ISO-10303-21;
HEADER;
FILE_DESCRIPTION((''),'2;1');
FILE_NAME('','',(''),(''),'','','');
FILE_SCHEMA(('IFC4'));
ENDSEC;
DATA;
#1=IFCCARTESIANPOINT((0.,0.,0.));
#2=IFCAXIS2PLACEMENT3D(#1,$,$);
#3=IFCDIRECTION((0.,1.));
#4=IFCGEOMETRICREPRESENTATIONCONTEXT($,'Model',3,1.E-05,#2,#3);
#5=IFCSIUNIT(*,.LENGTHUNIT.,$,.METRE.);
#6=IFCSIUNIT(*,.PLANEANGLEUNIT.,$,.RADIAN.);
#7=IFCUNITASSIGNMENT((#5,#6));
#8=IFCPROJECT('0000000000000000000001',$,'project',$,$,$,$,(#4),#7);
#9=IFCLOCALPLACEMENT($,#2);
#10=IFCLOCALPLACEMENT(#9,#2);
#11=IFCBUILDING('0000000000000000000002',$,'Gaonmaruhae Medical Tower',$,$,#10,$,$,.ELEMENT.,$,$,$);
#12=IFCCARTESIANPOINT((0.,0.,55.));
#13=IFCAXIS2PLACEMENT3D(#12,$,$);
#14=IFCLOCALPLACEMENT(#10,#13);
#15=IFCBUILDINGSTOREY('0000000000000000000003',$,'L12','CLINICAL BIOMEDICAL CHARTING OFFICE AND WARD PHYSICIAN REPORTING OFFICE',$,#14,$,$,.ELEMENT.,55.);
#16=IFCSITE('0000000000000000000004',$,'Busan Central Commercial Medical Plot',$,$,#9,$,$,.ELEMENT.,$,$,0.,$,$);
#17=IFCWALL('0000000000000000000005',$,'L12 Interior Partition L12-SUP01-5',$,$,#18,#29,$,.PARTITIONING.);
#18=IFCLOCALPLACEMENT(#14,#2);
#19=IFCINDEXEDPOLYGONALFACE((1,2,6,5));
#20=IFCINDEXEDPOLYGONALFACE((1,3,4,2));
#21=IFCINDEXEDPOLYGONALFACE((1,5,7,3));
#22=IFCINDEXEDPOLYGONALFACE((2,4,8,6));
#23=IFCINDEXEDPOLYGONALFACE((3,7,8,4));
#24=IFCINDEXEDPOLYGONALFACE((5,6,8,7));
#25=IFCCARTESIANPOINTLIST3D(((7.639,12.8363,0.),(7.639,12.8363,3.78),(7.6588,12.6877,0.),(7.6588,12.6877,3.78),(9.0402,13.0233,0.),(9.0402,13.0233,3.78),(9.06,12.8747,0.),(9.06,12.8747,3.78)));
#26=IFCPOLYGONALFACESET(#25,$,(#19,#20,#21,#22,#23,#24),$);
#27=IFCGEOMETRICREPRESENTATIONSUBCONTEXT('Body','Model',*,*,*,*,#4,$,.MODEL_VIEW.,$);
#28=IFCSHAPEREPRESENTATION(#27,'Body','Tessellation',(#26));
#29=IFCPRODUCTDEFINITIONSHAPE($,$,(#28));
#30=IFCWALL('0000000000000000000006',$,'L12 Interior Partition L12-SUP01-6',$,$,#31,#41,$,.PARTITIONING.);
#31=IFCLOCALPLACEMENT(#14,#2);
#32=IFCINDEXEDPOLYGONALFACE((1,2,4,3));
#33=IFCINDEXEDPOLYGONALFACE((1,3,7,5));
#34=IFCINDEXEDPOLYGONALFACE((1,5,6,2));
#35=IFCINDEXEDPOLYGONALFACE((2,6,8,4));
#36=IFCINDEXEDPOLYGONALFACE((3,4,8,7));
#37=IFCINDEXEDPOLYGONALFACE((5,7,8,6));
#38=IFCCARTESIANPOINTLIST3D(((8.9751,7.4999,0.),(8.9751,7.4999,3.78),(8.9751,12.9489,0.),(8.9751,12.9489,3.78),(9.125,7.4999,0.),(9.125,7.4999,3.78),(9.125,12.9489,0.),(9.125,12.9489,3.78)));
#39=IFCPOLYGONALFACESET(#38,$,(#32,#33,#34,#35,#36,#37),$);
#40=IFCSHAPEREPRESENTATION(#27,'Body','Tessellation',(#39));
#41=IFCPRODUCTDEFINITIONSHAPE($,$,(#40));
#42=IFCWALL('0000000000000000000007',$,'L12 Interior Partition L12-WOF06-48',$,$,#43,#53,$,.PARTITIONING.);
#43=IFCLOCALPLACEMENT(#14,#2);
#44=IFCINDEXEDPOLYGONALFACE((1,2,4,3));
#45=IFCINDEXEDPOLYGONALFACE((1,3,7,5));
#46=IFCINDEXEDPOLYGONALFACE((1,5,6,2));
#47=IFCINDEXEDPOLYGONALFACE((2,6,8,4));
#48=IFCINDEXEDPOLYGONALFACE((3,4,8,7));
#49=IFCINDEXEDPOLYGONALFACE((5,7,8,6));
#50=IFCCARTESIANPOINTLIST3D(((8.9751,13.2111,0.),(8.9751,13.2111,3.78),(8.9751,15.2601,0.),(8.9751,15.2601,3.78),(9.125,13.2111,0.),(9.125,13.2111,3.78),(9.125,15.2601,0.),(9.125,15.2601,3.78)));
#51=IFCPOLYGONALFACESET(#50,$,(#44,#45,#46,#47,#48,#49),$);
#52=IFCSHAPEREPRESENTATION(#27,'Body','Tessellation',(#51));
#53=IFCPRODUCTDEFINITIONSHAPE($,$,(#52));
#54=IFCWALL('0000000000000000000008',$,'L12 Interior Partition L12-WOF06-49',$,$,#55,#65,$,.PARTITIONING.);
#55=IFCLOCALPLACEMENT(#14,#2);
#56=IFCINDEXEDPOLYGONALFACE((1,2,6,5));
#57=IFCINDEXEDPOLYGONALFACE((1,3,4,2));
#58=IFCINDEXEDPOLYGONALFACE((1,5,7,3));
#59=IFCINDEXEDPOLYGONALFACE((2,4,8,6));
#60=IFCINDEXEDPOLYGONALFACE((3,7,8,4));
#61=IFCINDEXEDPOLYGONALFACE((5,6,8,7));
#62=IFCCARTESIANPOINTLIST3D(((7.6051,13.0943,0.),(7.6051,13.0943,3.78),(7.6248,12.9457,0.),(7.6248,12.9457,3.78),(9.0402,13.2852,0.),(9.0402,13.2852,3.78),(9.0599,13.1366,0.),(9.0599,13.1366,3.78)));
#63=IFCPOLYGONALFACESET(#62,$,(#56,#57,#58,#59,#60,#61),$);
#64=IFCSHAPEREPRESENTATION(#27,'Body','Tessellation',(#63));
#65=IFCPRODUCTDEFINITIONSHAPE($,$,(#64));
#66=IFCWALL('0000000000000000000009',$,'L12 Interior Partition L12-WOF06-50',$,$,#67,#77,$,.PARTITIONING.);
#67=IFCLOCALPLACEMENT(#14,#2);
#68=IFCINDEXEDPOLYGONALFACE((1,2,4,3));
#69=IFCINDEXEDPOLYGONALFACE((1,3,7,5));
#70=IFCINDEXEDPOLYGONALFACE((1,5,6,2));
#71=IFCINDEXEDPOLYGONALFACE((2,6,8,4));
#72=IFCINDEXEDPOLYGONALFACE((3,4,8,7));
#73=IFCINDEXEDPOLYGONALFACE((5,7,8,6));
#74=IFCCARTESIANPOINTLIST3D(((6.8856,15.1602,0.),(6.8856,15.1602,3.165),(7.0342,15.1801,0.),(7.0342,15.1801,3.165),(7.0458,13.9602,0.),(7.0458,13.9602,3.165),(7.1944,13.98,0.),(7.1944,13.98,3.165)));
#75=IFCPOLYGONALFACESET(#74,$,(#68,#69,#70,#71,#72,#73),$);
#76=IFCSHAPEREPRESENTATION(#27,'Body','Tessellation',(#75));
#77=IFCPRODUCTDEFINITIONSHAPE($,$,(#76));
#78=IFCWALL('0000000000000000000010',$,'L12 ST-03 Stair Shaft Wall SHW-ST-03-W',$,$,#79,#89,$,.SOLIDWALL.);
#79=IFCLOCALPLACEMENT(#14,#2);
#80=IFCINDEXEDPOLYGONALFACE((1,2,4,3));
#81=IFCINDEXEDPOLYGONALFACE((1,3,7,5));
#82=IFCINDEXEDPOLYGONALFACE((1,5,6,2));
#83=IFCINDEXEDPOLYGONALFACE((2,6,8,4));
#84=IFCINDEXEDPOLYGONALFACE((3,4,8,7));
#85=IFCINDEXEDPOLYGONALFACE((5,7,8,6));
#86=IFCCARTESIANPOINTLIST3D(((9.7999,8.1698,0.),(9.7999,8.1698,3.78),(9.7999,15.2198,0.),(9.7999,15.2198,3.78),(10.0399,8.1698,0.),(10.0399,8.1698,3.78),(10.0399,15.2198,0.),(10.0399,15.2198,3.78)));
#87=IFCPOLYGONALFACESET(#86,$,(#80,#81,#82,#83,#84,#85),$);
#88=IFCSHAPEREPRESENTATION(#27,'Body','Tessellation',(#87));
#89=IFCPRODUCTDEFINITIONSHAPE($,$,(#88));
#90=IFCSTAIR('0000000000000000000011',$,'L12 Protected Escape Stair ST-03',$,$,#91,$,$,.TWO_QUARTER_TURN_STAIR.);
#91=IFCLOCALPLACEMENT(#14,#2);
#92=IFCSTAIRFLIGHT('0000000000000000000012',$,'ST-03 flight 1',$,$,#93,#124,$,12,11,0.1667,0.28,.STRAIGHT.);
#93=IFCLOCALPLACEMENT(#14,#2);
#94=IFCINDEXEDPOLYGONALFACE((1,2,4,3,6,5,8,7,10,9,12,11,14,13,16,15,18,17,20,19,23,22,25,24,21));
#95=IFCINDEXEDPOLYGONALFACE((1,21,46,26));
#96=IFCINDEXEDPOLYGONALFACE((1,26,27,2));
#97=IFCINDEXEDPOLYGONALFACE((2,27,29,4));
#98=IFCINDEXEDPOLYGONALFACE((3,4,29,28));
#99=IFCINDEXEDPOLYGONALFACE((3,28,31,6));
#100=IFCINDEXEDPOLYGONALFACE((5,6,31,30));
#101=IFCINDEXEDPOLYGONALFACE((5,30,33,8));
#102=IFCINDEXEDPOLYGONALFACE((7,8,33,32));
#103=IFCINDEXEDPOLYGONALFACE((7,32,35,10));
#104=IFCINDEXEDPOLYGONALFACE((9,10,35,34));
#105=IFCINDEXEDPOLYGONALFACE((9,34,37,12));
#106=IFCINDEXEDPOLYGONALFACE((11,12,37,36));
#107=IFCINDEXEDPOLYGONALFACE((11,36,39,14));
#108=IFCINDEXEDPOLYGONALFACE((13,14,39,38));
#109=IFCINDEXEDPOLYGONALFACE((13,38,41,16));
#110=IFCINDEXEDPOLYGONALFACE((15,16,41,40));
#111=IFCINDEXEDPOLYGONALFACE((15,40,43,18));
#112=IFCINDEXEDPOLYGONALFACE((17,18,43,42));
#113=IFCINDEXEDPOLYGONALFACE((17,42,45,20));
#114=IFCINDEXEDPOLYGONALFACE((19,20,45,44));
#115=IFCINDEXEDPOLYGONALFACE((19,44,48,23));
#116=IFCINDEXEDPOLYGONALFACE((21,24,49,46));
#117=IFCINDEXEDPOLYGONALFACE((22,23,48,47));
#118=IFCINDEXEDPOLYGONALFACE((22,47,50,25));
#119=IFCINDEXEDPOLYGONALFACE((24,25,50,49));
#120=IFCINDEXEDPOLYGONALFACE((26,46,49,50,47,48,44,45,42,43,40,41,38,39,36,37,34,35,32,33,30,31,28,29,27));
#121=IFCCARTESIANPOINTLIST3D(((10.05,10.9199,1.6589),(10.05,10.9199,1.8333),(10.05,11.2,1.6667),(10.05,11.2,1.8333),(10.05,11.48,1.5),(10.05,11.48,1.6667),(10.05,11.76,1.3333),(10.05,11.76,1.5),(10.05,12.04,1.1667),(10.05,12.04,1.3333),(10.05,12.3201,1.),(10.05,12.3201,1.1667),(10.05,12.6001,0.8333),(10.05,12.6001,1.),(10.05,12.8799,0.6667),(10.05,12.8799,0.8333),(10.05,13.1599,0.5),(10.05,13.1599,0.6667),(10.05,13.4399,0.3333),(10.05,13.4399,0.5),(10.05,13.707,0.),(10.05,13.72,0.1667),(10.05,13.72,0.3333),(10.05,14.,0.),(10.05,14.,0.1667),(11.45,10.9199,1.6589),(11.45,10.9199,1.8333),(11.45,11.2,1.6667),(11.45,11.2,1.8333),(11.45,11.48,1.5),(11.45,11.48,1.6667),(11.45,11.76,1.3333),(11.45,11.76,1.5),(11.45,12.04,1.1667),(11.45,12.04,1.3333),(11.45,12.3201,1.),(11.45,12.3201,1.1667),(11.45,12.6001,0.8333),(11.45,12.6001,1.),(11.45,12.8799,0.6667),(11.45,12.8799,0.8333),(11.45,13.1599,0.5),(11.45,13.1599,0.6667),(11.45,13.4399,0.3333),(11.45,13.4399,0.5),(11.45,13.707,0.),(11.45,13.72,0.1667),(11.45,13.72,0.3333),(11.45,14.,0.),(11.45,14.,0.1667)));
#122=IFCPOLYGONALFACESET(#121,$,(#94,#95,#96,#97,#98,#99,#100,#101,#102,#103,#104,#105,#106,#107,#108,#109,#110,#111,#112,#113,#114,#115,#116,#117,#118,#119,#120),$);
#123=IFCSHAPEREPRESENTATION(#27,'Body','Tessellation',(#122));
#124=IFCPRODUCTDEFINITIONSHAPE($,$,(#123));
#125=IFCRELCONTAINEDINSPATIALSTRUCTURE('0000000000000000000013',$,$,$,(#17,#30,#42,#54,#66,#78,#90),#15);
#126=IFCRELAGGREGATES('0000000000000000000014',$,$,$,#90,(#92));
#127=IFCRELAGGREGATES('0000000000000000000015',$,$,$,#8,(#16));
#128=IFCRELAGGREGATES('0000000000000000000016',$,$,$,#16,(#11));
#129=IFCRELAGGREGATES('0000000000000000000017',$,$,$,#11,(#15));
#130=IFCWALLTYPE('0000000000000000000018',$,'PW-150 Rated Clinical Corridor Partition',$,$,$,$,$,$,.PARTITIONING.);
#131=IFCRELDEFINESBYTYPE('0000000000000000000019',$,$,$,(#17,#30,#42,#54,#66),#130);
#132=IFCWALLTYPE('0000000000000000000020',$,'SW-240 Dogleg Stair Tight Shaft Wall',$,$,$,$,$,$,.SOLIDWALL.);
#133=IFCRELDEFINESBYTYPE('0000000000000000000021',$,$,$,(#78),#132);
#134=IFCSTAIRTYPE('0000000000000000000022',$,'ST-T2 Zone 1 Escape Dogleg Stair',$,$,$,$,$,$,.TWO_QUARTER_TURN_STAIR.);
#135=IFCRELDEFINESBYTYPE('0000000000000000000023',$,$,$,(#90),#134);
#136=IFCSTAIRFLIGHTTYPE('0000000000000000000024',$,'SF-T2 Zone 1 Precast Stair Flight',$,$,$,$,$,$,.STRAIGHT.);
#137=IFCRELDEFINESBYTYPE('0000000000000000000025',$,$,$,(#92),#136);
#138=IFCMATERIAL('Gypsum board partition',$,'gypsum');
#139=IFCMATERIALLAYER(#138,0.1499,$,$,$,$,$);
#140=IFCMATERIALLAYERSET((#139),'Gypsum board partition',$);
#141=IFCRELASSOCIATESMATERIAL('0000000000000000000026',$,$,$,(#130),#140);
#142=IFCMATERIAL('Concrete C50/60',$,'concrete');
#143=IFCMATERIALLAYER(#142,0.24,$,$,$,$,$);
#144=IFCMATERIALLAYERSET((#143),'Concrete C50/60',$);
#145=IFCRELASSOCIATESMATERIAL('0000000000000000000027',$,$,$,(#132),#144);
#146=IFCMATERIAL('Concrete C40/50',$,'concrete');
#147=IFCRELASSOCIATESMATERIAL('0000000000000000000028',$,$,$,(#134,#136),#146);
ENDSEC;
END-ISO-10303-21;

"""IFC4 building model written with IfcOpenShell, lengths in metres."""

from ifc_helpers import new_model, si_unit, direction, frame, frame_2d, origin, place, context, subcontext, project, spatial, polyline, rectangle, outline, extrude, material, layer, layer_set, type_object, element, aggregate, save


model = new_model("IFC4")

# Units and contexts
model_context = context("Model", 3, precision=1e-05, world=origin(), true_north=direction((0.0, 1.0)))
body_context = subcontext(model_context, "Body", "Model", "MODEL_VIEW")
ifc_project = project(units=[si_unit("LENGTHUNIT", "METRE"), si_unit("PLANEANGLEUNIT", "RADIAN")], contexts=[model_context])

# Site, building, storey
site_placement = place(None, origin())
site = spatial("IfcSite", under=ifc_project, at=site_placement, Name="Busan Central Commercial Medical Plot", CompositionType="ELEMENT", RefElevation=0.0)
building_placement = place(site_placement, origin())
building = spatial("IfcBuilding", under=site, at=building_placement, Name="Gaonmaruhae Medical Tower", CompositionType="ELEMENT")
storey_placement = place(building_placement, frame((0.0, 0.0, 55.0)))
storey = spatial("IfcBuildingStorey", under=building, at=storey_placement, Name="L12", Description="CLINICAL BIOMEDICAL CHARTING OFFICE AND WARD PHYSICIAN REPORTING OFFICE", CompositionType="ELEMENT", Elevation=55.0)

# Walls
ifc_material_1 = material(Name="Gypsum board partition", Category="gypsum")
ifc_layer_1 = layer(ifc_material_1, 0.1499)
ifc_layer_set_1 = layer_set([ifc_layer_1], Name="Gypsum board partition")
wall_type_1 = type_object("IfcWallType", Name="PW-150 Rated Clinical Corridor Partition", PredefinedType="PARTITIONING", material=ifc_layer_set_1)
wall_1_placement = place(storey_placement, frame((7.6489, 12.762, 0.0), z_axis=(0.0, 0.0, 1.0), x_axis=(0.99121, 0.132299, 0.0)))
element("IfcWall", 1, at=wall_1_placement, inside=storey, type_object=wall_type_1, Name="L12 Interior Partition L12-SUP01-5", PredefinedType="PARTITIONING", context=body_context, shape_type="SweptSolid", body=[
    extrude(rectangle(XDim=1.4136, YDim=0.1499, at=frame_2d((0.7068, 0.0))), origin(), (0.0, 0.0, 1.0), 3.78),
])
wall_2_placement = place(storey_placement, frame((9.05, 12.949, 0.0), z_axis=(0.0, 0.0, 1.0), x_axis=(0.0, -1.0, 0.0)))
element("IfcWall", 2, at=wall_2_placement, inside=storey, type_object=wall_type_1, Name="L12 Interior Partition L12-SUP01-6", PredefinedType="PARTITIONING", context=body_context, shape_type="SweptSolid", body=[
    extrude(rectangle(XDim=5.449, YDim=0.1499, at=frame_2d((2.7246, 0.0))), origin(), (0.0, 0.0, 1.0), 3.78),
])
wall_3_placement = place(storey_placement, frame((9.05, 15.26, 0.0), z_axis=(0.0, 0.0, 1.0), x_axis=(0.0, -1.0, 0.0)))
element("IfcWall", 3, at=wall_3_placement, inside=storey, type_object=wall_type_1, Name="L12 Interior Partition L12-WOF06-48", PredefinedType="PARTITIONING", context=body_context, shape_type="SweptSolid", body=[
    extrude(rectangle(XDim=2.0491, YDim=0.1499, at=frame_2d((1.0244, 0.0))), origin(), (0.0, 0.0, 1.0), 3.78),
])
wall_4_placement = place(storey_placement, frame((9.05, 13.2109, 0.0), z_axis=(0.0, 0.0, 1.0), x_axis=(-0.991266, -0.131877, 0.0)))
element("IfcWall", 4, at=wall_4_placement, inside=storey, type_object=wall_type_1, Name="L12 Interior Partition L12-WOF06-49", PredefinedType="PARTITIONING", context=body_context, shape_type="SweptSolid", body=[
    extrude(rectangle(XDim=1.4478, YDim=0.1499, at=frame_2d((0.7239, 0.0))), origin(), (0.0, 0.0, 1.0), 3.78),
])
wall_5_placement = place(storey_placement, frame((7.1201, 13.97, 0.0), z_axis=(0.0, 0.0, 1.0), x_axis=(-0.132296, 0.99121, 0.0)))
element("IfcWall", 5, at=wall_5_placement, inside=storey, type_object=wall_type_1, Name="L12 Interior Partition L12-WOF06-50", PredefinedType="PARTITIONING", context=body_context, shape_type="SweptSolid", body=[
    extrude(rectangle(XDim=1.2107, YDim=0.1499, at=frame_2d((0.6055, 0.0))), origin(), (0.0, 0.0, 1.0), 3.165),
])

# Shared definitions
ifc_material_2 = material(Name="Concrete C50/60", Category="concrete")
ifc_layer_2 = layer(ifc_material_2, 0.24)
ifc_layer_set_2 = layer_set([ifc_layer_2], Name="Concrete C50/60")
wall_type_2 = type_object("IfcWallType", Name="SW-240 Dogleg Stair Tight Shaft Wall", PredefinedType="SOLIDWALL", material=ifc_layer_set_2)

# Wall
wall_6_placement = place(storey_placement, frame((9.9199, 8.1699, 0.0), z_axis=(0.0, 0.0, 1.0), x_axis=(0.0, 1.0, 0.0)))
element("IfcWall", 6, at=wall_6_placement, inside=storey, type_object=wall_type_2, Name="L12 ST-03 Stair Shaft Wall SHW-ST-03-W", PredefinedType="SOLIDWALL", context=body_context, shape_type="SweptSolid", body=[
    extrude(rectangle(XDim=7.05, YDim=0.24, at=frame_2d((3.5249, 0.0))), origin(), (0.0, 0.0, 1.0), 3.78),
])

# Stair, stair flight
ifc_material_3 = material(Name="Concrete C40/50", Category="concrete")
stair_type = type_object("IfcStairType", Name="ST-T2 Zone 1 Escape Dogleg Stair", PredefinedType="TWO_QUARTER_TURN_STAIR", material=ifc_material_3)
stair_placement = place(storey_placement, origin())
stair = element("IfcStair", 7, at=stair_placement, inside=storey, type_object=stair_type, Name="L12 Protected Escape Stair ST-03", PredefinedType="TWO_QUARTER_TURN_STAIR")
stair_flight_type = type_object("IfcStairFlightType", Name="SF-T2 Zone 1 Precast Stair Flight", PredefinedType="STRAIGHT", material=ifc_material_3)
stair_flight_placement = place(storey_placement, frame((10.75, 14.0, 0.0), z_axis=(0.0, 0.0, 1.0), x_axis=(0.0, -1.0, 0.0)))
stair_flight = element("IfcStairFlight", 8, at=stair_flight_placement, type_object=stair_flight_type, Name="ST-03 flight 1", NumberOfRisers=12, NumberOfTreads=11, PredefinedType="STRAIGHT", RiserHeight=0.1667, TreadLength=0.28, context=body_context, shape_type="SweptSolid", body=[
    extrude(outline(polyline([(0.0, 0.0), (0.0, 0.1667), (0.28, 0.1667), (0.28, 0.3333), (0.5601, 0.3333), (0.5601, 0.5), (0.8401, 0.5), (0.8401, 0.6667), (1.1201, 0.6667), (1.1201, 0.8333), (1.3999, 0.8333), (1.3999, 1.0), (1.6799, 1.0), (1.6799, 1.1667), (1.96, 1.1667), (1.96, 1.3333), (2.24, 1.3333), (2.24, 1.5), (2.52, 1.5), (2.52, 1.6667), (2.8, 1.6667), (2.8, 1.8333), (3.0801, 1.8333), (3.0801, 2.0), (3.0801, 1.6589), (0.293, 0.0), (0.0, 0.0)])), frame((0.0, 0.7, 0.0), z_axis=(0.0, -1.0, 0.0), x_axis=(1.0, 0.0, 0.0)), (0.0, 0.0, 1.0), 1.3999),
])
aggregate(stair, [stair_flight])

save(model, "model.ifc")
